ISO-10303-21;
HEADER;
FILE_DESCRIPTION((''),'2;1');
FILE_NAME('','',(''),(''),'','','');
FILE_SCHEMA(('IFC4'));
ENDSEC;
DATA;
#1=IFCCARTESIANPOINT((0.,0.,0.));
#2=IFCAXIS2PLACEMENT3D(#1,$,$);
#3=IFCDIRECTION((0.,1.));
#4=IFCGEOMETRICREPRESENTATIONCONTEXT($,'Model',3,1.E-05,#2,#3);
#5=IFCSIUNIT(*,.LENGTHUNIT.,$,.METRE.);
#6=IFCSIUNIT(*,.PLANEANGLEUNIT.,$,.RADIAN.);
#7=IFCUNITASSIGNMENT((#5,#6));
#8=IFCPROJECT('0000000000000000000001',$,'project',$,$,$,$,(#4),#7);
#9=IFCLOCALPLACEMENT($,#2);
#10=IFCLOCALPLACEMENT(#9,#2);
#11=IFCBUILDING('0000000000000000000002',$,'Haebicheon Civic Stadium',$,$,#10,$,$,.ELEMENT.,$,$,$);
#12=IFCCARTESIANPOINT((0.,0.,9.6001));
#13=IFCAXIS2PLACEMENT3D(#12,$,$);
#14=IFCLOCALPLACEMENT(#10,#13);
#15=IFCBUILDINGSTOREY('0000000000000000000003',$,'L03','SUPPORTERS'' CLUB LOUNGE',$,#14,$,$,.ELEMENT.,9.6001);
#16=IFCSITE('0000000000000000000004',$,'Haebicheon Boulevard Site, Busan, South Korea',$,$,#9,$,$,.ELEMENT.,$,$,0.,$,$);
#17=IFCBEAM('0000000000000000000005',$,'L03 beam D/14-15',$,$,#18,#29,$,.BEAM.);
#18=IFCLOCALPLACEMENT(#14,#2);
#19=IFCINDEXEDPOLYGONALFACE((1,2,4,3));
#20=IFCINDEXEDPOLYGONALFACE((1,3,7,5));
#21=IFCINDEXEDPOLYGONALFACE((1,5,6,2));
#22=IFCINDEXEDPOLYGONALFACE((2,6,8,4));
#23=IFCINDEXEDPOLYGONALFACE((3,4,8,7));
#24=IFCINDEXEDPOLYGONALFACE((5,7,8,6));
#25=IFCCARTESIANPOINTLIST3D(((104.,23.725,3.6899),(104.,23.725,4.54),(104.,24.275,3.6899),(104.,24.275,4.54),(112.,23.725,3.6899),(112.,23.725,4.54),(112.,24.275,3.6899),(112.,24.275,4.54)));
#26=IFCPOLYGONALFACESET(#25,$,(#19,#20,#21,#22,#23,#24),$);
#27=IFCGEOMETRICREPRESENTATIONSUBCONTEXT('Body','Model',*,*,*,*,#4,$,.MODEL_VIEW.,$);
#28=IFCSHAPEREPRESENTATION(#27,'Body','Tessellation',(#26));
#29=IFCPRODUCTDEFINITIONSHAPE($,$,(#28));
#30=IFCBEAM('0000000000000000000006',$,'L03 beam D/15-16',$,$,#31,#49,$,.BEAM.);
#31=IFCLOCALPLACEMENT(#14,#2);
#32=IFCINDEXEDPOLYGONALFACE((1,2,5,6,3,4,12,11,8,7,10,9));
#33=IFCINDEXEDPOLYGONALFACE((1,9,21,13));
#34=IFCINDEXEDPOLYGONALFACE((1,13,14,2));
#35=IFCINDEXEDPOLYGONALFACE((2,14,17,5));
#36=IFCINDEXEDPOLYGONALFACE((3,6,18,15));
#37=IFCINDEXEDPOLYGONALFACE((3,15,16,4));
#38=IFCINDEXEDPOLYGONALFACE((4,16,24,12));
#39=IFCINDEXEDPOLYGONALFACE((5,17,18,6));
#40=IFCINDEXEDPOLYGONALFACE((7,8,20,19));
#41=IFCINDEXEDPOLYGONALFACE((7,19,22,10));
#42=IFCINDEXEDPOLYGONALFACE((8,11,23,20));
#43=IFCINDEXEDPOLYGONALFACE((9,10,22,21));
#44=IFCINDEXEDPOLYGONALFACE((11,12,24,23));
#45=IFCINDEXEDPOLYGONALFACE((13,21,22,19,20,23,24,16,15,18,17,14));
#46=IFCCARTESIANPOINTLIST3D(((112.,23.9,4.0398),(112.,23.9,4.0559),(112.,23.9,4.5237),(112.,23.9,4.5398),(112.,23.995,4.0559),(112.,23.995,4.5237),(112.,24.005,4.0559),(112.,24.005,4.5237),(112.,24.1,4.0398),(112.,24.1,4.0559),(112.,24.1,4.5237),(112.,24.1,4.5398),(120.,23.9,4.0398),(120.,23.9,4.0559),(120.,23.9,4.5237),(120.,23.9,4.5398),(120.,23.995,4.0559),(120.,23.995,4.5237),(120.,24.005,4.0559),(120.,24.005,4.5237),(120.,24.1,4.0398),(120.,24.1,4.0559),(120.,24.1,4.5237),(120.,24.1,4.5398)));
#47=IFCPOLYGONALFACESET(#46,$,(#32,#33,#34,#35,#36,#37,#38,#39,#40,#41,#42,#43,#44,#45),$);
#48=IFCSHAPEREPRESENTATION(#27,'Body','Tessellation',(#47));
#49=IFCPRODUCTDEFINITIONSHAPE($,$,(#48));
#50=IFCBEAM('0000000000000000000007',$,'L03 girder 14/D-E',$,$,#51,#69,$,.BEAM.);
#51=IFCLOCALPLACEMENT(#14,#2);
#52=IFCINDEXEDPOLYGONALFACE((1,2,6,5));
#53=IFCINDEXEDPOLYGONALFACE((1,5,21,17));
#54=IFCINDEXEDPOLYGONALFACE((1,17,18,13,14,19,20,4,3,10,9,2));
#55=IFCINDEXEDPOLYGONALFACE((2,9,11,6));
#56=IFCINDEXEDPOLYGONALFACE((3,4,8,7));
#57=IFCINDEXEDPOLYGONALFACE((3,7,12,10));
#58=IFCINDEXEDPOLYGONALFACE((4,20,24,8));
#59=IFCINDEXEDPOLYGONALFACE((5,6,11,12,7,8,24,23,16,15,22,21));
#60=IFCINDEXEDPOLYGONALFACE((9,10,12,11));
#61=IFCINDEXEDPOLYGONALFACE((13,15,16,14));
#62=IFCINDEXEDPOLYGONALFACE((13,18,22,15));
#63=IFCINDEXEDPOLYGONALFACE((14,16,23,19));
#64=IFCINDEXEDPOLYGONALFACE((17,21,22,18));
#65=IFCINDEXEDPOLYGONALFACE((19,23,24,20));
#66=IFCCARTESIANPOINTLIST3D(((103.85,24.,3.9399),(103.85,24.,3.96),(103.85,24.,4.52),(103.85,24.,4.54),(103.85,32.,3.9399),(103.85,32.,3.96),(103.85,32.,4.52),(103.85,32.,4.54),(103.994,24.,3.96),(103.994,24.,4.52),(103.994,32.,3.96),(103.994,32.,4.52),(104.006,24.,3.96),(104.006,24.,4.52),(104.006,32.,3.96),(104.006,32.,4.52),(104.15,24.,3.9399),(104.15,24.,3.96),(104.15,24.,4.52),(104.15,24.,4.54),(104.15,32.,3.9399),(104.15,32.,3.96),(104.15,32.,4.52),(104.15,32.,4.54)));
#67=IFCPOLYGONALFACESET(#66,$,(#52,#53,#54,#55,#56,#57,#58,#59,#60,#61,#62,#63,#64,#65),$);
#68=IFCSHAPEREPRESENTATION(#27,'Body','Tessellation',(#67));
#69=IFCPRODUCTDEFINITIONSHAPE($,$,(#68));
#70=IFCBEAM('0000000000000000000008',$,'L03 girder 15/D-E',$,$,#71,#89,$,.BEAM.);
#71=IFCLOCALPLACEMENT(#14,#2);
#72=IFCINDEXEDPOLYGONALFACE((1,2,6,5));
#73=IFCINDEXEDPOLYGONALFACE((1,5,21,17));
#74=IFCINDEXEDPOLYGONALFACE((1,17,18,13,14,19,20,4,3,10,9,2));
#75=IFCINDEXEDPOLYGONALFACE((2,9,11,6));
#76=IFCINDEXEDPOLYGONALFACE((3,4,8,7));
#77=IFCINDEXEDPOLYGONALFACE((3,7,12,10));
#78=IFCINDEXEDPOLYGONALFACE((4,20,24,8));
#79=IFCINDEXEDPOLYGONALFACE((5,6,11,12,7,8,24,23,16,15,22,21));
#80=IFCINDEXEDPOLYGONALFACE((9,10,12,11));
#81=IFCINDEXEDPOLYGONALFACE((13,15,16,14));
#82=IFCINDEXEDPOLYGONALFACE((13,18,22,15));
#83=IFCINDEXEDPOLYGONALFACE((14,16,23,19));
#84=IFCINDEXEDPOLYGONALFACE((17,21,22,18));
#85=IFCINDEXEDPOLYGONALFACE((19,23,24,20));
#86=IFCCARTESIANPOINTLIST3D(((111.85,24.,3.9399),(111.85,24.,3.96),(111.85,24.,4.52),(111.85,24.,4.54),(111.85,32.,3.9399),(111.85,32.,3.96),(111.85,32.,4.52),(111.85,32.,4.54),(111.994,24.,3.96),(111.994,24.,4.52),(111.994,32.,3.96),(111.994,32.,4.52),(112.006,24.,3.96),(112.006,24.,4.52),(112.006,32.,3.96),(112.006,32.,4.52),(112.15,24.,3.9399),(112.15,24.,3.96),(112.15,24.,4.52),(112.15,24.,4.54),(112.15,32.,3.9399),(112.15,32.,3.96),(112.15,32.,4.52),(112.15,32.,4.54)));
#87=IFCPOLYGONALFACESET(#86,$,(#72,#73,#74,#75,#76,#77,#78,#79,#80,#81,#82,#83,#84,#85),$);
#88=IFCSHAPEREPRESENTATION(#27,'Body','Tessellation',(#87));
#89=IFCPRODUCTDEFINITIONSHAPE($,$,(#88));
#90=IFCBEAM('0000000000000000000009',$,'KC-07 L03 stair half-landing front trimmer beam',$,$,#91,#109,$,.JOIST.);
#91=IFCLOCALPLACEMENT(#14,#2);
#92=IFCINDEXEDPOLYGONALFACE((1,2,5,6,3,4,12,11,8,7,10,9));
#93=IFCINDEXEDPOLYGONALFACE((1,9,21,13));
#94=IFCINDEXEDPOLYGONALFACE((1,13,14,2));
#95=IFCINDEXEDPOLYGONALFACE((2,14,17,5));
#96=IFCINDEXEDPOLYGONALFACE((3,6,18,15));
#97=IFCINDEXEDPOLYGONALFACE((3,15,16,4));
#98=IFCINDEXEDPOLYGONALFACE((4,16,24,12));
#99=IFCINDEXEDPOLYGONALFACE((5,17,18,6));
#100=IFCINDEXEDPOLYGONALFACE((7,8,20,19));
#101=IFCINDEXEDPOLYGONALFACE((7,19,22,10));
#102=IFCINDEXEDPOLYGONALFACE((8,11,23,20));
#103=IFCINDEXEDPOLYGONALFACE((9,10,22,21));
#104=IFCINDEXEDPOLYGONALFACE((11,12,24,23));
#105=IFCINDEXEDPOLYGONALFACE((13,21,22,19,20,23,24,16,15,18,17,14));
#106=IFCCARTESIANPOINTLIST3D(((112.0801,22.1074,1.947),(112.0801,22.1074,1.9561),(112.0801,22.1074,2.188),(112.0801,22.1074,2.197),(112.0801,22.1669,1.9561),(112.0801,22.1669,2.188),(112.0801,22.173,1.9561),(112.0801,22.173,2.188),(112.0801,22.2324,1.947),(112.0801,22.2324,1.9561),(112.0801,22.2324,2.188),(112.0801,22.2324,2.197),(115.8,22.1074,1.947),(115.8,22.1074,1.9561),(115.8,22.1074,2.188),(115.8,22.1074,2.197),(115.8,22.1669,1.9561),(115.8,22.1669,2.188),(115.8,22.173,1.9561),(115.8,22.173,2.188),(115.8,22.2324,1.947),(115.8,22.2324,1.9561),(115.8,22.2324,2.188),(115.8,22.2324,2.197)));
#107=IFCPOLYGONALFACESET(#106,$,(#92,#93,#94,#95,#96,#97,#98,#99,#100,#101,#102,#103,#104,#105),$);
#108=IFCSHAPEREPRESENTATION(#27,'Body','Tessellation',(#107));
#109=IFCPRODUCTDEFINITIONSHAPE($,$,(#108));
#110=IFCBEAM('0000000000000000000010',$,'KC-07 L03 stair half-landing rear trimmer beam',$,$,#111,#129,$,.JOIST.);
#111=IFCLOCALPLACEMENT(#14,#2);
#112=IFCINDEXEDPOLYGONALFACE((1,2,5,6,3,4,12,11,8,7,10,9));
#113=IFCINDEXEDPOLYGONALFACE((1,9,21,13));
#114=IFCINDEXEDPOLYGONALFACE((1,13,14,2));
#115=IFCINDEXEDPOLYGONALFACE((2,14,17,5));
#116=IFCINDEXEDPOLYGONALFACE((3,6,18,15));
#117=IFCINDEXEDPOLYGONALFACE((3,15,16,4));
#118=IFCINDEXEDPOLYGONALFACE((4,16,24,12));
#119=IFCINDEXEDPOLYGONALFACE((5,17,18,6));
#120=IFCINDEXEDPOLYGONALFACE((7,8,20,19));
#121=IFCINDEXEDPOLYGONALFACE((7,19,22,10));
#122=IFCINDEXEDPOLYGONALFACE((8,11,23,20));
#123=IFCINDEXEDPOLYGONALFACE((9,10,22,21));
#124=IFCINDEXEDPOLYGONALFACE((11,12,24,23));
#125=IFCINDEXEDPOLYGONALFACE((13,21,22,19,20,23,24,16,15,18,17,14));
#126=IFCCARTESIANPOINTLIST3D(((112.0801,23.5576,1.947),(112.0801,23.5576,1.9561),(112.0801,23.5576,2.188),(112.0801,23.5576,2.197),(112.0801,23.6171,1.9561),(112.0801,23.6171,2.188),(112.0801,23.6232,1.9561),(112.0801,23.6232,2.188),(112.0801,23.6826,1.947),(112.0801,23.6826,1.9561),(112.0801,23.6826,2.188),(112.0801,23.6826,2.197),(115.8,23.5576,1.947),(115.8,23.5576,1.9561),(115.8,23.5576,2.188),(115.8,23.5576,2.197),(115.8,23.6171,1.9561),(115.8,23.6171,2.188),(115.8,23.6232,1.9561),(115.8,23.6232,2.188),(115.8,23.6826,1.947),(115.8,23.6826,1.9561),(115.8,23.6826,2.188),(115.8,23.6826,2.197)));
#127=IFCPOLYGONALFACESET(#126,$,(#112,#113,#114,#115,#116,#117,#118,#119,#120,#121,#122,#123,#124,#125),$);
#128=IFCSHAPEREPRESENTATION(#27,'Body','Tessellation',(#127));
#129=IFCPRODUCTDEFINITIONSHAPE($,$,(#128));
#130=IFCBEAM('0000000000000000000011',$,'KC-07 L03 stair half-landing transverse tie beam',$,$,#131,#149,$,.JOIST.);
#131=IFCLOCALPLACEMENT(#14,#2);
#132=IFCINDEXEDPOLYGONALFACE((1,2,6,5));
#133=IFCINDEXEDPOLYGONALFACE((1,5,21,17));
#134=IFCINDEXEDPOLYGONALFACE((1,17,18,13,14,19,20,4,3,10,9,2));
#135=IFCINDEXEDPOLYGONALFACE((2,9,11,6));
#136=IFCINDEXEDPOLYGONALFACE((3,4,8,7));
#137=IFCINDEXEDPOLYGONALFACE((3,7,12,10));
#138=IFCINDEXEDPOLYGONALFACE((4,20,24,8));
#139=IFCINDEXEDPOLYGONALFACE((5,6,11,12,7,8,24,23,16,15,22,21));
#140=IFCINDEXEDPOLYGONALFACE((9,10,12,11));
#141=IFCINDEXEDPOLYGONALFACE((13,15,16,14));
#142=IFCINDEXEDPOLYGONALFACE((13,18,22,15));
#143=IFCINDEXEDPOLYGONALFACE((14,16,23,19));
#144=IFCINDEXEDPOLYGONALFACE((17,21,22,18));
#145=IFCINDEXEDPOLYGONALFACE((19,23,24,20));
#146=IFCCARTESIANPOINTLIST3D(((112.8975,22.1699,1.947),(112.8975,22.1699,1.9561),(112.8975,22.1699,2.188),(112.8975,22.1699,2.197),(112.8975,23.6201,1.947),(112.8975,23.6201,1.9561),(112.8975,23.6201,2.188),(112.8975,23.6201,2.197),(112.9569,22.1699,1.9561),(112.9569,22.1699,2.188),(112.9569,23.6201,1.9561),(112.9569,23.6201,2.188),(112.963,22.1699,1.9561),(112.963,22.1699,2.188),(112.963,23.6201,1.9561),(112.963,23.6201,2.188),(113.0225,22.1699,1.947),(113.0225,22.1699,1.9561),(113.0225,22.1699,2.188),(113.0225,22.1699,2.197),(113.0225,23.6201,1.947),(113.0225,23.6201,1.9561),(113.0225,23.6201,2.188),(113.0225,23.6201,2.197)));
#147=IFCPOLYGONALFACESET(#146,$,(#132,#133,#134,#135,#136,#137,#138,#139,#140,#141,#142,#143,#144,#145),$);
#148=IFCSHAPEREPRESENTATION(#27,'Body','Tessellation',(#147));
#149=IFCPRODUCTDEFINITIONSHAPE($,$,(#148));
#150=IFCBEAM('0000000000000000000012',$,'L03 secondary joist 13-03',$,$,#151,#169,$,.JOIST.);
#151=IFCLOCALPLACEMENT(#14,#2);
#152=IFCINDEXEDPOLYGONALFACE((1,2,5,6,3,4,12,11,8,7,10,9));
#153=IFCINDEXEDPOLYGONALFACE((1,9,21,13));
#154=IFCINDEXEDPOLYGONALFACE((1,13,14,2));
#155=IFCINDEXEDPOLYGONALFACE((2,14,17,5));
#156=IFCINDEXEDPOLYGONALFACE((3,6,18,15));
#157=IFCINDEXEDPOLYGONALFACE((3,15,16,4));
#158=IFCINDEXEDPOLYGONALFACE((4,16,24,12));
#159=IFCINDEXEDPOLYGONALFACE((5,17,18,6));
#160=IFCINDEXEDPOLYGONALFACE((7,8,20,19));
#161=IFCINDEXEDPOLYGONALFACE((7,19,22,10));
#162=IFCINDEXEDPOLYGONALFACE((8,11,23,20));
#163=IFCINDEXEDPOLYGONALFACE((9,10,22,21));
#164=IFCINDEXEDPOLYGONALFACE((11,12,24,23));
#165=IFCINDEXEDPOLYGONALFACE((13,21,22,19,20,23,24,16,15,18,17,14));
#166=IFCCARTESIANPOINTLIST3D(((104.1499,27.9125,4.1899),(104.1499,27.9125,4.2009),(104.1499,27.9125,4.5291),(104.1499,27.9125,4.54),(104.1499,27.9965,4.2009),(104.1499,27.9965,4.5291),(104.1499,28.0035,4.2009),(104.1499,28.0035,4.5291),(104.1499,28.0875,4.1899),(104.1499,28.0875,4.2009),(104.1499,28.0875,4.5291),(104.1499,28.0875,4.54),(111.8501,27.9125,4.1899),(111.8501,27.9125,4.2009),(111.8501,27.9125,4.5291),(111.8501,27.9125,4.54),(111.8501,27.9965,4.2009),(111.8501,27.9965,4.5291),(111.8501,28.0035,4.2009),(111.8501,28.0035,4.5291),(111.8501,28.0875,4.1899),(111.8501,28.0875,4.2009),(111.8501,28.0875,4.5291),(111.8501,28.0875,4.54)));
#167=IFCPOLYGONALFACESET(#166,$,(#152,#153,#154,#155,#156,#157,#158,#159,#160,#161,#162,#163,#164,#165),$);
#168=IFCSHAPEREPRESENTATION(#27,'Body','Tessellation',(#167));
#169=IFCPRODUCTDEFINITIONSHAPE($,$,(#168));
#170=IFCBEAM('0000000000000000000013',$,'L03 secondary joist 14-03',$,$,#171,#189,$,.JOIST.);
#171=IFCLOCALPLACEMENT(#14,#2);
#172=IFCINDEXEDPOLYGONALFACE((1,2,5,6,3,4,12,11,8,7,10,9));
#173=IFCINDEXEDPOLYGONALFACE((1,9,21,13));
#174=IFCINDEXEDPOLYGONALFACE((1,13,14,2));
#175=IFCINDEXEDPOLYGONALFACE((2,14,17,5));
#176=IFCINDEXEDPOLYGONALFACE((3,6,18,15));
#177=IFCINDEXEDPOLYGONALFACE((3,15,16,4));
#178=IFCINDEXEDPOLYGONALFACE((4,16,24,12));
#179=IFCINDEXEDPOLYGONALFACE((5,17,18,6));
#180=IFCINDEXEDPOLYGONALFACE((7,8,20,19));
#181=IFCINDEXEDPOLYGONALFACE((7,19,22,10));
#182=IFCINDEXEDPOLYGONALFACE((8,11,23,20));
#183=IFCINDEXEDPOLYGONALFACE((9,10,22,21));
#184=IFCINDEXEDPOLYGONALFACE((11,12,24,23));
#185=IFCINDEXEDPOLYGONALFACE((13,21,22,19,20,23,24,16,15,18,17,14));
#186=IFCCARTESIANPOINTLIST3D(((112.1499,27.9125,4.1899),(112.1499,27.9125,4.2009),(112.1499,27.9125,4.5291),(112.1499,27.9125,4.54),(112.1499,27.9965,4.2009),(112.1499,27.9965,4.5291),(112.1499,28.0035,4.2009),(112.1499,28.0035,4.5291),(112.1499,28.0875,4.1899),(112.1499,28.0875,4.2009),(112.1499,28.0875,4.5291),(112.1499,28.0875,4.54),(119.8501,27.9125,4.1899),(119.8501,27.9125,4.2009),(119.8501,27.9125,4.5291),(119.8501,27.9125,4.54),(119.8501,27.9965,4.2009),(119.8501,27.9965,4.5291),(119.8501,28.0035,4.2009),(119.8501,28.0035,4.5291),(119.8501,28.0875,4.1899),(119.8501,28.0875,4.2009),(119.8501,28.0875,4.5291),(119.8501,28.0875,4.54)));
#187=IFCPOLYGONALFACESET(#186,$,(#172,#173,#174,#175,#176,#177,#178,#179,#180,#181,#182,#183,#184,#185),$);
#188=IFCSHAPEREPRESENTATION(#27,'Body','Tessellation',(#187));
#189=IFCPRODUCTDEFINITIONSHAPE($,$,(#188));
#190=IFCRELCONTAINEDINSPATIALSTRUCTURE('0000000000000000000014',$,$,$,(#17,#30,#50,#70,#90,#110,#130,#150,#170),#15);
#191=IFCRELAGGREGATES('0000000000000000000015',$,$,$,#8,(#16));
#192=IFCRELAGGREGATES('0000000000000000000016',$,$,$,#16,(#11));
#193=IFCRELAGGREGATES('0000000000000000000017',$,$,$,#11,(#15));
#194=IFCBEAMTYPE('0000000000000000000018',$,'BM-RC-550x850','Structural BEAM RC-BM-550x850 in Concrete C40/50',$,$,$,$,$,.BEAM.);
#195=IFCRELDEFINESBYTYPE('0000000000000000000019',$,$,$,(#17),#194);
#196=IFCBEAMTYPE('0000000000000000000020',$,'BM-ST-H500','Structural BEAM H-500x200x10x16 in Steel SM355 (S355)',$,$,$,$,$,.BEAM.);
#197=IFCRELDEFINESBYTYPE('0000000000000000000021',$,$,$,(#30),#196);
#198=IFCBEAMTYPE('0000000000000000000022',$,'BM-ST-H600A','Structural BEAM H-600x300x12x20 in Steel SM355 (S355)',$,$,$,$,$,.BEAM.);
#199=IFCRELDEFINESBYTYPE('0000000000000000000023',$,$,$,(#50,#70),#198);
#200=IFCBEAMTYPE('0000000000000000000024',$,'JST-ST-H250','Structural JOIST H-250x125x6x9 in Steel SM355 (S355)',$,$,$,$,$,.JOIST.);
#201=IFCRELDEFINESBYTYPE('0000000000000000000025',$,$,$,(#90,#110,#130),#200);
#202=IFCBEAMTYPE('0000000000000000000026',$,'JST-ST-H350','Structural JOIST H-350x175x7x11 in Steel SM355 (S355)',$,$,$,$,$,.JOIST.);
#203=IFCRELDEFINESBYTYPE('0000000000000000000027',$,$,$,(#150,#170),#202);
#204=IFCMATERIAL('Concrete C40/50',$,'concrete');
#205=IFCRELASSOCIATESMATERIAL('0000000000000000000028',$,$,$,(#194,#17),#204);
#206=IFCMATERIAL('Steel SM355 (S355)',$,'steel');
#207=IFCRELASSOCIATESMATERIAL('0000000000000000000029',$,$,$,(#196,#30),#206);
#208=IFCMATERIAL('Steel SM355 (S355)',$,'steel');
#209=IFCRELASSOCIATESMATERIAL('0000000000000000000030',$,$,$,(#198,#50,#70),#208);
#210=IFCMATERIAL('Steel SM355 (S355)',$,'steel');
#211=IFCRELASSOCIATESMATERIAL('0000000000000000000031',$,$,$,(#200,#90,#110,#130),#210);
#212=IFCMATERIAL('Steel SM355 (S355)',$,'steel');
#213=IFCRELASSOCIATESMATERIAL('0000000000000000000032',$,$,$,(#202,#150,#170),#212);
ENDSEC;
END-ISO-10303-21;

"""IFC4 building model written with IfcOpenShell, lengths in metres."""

from ifc_helpers import new_model, si_unit, direction, frame, origin, origin_2d, place, context, subcontext, project, spatial, rectangle, i_section, extrude, material, material_profile, profile_set, type_object, element, save


model = new_model("IFC4")

# Units and contexts
model_context = context("Model", 3, precision=1e-05, world=origin(), true_north=direction((0.0, 1.0)))
body_context = subcontext(model_context, "Body", "Model", "MODEL_VIEW")
ifc_project = project(units=[si_unit("LENGTHUNIT", "METRE"), si_unit("PLANEANGLEUNIT", "RADIAN")], contexts=[model_context])

# Site, building, storey
site_placement = place(None, origin())
site = spatial("IfcSite", under=ifc_project, at=site_placement, Name="Haebicheon Boulevard Site, Busan, South Korea", CompositionType="ELEMENT", RefElevation=0.0)
building_placement = place(site_placement, origin())
building = spatial("IfcBuilding", under=site, at=building_placement, Name="Haebicheon Civic Stadium", CompositionType="ELEMENT")
storey_placement = place(building_placement, frame((0.0, 0.0, 9.6001)))
storey = spatial("IfcBuildingStorey", under=building, at=storey_placement, Name="L03", Description="SUPPORTERS' CLUB LOUNGE", CompositionType="ELEMENT", Elevation=9.6001)

# Beams
ifc_material_1 = material(Name="Concrete C40/50", Category="concrete")
ifc_material_profile_1 = material_profile(ifc_material_1, rectangle(XDim=0.55, YDim=0.8501, at=origin_2d()), Name="RC-BM-550x850")
ifc_profile_set_1 = profile_set([ifc_material_profile_1], Name="Concrete C40/50")
beam_type_1 = type_object("IfcBeamType", Name="BM-RC-550x850", Description="Structural BEAM RC-BM-550x850 in Concrete C40/50", PredefinedType="BEAM", material=ifc_profile_set_1)
beam_1_placement = place(storey_placement, frame((104.0, 24.0, 4.115), z_axis=(1.0, 0.0, 0.0), x_axis=(0.0, 1.0, 0.0)))
element("IfcBeam", 1, at=beam_1_placement, inside=storey, type_object=beam_type_1, material=ifc_profile_set_1, Name="L03 beam D/14-15", PredefinedType="BEAM", context=body_context, shape_type="SweptSolid", body=[
    extrude(rectangle(XDim=0.55, YDim=0.8501, at=origin_2d()), origin(), (0.0, 0.0, 1.0), 8.0),
])
ifc_material_2 = material(Name="Steel SM355 (S355)", Category="steel")
ifc_material_profile_2 = material_profile(ifc_material_2, i_section(OverallWidth=0.2, OverallDepth=0.5, WebThickness=0.01, FlangeThickness=0.0161, at=origin_2d()), Name="H-500x200x10x16")
ifc_profile_set_2 = profile_set([ifc_material_profile_2], Name="Steel SM355 (S355)")
beam_type_2 = type_object("IfcBeamType", Name="BM-ST-H500", Description="Structural BEAM H-500x200x10x16 in Steel SM355 (S355)", PredefinedType="BEAM", material=ifc_profile_set_2)
beam_2_placement = place(storey_placement, frame((112.0, 24.0, 4.2898), z_axis=(1.0, 0.0, 0.0), x_axis=(0.0, 1.0, 0.0)))
element("IfcBeam", 2, at=beam_2_placement, inside=storey, type_object=beam_type_2, material=ifc_profile_set_2, Name="L03 beam D/15-16", PredefinedType="BEAM", context=body_context, shape_type="SweptSolid", body=[
    extrude(i_section(OverallWidth=0.2, OverallDepth=0.5, WebThickness=0.01, FlangeThickness=0.0161, at=origin_2d()), origin(), (0.0, 0.0, 1.0), 8.0),
])
ifc_material_3 = material(Name="Steel SM355 (S355)", Category="steel")
ifc_material_profile_3 = material_profile(ifc_material_3, i_section(OverallWidth=0.3, OverallDepth=0.6001, WebThickness=0.012, FlangeThickness=0.02, at=origin_2d()), Name="H-600x300x12x20")
ifc_profile_set_3 = profile_set([ifc_material_profile_3], Name="Steel SM355 (S355)")
beam_type_3 = type_object("IfcBeamType", Name="BM-ST-H600A", Description="Structural BEAM H-600x300x12x20 in Steel SM355 (S355)", PredefinedType="BEAM", material=ifc_profile_set_3)
for number, where, z_axis, x_axis, name in (
    (3, (104.0, 24.0, 4.24), (0.0, 1.0, 0.0), (-1.0, 0.0, 0.0), "L03 girder 14/D-E"),
    (4, (112.0, 24.0, 4.24), (0.0, 1.0, 0.0), (-1.0, 0.0, 0.0), "L03 girder 15/D-E"),
):
    element("IfcBeam", number, at=place(storey_placement, frame(where, z_axis=z_axis, x_axis=x_axis)), inside=storey, type_object=beam_type_3, material=ifc_profile_set_3, Name=name, PredefinedType="BEAM", context=body_context, shape_type="SweptSolid", body=[
        extrude(i_section(OverallWidth=0.3, OverallDepth=0.6001, WebThickness=0.012, FlangeThickness=0.02, at=origin_2d()), origin(), (0.0, 0.0, 1.0), 8.0),
    ])
ifc_material_4 = material(Name="Steel SM355 (S355)", Category="steel")
ifc_material_profile_4 = material_profile(ifc_material_4, i_section(OverallWidth=0.125, OverallDepth=0.25, WebThickness=0.0061, FlangeThickness=0.009, at=origin_2d()), Name="H-250x125x6x9")
ifc_profile_set_4 = profile_set([ifc_material_profile_4], Name="Steel SM355 (S355)")
beam_type_4 = type_object("IfcBeamType", Name="JST-ST-H250", Description="Structural JOIST H-250x125x6x9 in Steel SM355 (S355)", PredefinedType="JOIST", material=ifc_profile_set_4)
for number, where, z_axis, x_axis, name in (
    (5, (112.0801, 22.1699, 2.072), (1.0, 0.0, 0.0), (0.0, 1.0, 0.0), "KC-07 L03 stair half-landing front trimmer beam"),
    (6, (112.0801, 23.6201, 2.072), (1.0, 0.0, 0.0), (0.0, 1.0, 0.0), "KC-07 L03 stair half-landing rear trimmer beam"),
):
    element("IfcBeam", number, at=place(storey_placement, frame(where, z_axis=z_axis, x_axis=x_axis)), inside=storey, type_object=beam_type_4, material=ifc_profile_set_4, Name=name, PredefinedType="JOIST", context=body_context, shape_type="SweptSolid", body=[
        extrude(i_section(OverallWidth=0.125, OverallDepth=0.25, WebThickness=0.0061, FlangeThickness=0.009, at=origin_2d()), origin(), (0.0, 0.0, 1.0), 3.72),
    ])
beam_3_placement = place(storey_placement, frame((112.96, 22.1699, 2.072), z_axis=(0.0, 1.0, 0.0), x_axis=(-1.0, 0.0, 0.0)))
element("IfcBeam", 7, at=beam_3_placement, inside=storey, type_object=beam_type_4, material=ifc_profile_set_4, Name="KC-07 L03 stair half-landing transverse tie beam", PredefinedType="JOIST", context=body_context, shape_type="SweptSolid", body=[
    extrude(i_section(OverallWidth=0.125, OverallDepth=0.25, WebThickness=0.0061, FlangeThickness=0.009, at=origin_2d()), origin(), (0.0, 0.0, 1.0), 1.4502),
])
ifc_material_5 = material(Name="Steel SM355 (S355)", Category="steel")
ifc_material_profile_5 = material_profile(ifc_material_5, i_section(OverallWidth=0.175, OverallDepth=0.3501, WebThickness=0.0071, FlangeThickness=0.011, at=origin_2d()), Name="H-350x175x7x11")
ifc_profile_set_5 = profile_set([ifc_material_profile_5], Name="Steel SM355 (S355)")
beam_type_5 = type_object("IfcBeamType", Name="JST-ST-H350", Description="Structural JOIST H-350x175x7x11 in Steel SM355 (S355)", PredefinedType="JOIST", material=ifc_profile_set_5)
for number, where, z_axis, x_axis, name in (
    (8, (104.1499, 28.0, 4.365), (1.0, 0.0, 0.0), (0.0, 1.0, 0.0), "L03 secondary joist 13-03"),
    (9, (112.1499, 28.0, 4.365), (1.0, 0.0, 0.0), (0.0, 1.0, 0.0), "L03 secondary joist 14-03"),
):
    element("IfcBeam", number, at=place(storey_placement, frame(where, z_axis=z_axis, x_axis=x_axis)), inside=storey, type_object=beam_type_5, material=ifc_profile_set_5, Name=name, PredefinedType="JOIST", context=body_context, shape_type="SweptSolid", body=[
        extrude(i_section(OverallWidth=0.175, OverallDepth=0.3501, WebThickness=0.0071, FlangeThickness=0.011, at=origin_2d()), origin(), (0.0, 0.0, 1.0), 7.7002),
    ])

save(model, "model.ifc")
